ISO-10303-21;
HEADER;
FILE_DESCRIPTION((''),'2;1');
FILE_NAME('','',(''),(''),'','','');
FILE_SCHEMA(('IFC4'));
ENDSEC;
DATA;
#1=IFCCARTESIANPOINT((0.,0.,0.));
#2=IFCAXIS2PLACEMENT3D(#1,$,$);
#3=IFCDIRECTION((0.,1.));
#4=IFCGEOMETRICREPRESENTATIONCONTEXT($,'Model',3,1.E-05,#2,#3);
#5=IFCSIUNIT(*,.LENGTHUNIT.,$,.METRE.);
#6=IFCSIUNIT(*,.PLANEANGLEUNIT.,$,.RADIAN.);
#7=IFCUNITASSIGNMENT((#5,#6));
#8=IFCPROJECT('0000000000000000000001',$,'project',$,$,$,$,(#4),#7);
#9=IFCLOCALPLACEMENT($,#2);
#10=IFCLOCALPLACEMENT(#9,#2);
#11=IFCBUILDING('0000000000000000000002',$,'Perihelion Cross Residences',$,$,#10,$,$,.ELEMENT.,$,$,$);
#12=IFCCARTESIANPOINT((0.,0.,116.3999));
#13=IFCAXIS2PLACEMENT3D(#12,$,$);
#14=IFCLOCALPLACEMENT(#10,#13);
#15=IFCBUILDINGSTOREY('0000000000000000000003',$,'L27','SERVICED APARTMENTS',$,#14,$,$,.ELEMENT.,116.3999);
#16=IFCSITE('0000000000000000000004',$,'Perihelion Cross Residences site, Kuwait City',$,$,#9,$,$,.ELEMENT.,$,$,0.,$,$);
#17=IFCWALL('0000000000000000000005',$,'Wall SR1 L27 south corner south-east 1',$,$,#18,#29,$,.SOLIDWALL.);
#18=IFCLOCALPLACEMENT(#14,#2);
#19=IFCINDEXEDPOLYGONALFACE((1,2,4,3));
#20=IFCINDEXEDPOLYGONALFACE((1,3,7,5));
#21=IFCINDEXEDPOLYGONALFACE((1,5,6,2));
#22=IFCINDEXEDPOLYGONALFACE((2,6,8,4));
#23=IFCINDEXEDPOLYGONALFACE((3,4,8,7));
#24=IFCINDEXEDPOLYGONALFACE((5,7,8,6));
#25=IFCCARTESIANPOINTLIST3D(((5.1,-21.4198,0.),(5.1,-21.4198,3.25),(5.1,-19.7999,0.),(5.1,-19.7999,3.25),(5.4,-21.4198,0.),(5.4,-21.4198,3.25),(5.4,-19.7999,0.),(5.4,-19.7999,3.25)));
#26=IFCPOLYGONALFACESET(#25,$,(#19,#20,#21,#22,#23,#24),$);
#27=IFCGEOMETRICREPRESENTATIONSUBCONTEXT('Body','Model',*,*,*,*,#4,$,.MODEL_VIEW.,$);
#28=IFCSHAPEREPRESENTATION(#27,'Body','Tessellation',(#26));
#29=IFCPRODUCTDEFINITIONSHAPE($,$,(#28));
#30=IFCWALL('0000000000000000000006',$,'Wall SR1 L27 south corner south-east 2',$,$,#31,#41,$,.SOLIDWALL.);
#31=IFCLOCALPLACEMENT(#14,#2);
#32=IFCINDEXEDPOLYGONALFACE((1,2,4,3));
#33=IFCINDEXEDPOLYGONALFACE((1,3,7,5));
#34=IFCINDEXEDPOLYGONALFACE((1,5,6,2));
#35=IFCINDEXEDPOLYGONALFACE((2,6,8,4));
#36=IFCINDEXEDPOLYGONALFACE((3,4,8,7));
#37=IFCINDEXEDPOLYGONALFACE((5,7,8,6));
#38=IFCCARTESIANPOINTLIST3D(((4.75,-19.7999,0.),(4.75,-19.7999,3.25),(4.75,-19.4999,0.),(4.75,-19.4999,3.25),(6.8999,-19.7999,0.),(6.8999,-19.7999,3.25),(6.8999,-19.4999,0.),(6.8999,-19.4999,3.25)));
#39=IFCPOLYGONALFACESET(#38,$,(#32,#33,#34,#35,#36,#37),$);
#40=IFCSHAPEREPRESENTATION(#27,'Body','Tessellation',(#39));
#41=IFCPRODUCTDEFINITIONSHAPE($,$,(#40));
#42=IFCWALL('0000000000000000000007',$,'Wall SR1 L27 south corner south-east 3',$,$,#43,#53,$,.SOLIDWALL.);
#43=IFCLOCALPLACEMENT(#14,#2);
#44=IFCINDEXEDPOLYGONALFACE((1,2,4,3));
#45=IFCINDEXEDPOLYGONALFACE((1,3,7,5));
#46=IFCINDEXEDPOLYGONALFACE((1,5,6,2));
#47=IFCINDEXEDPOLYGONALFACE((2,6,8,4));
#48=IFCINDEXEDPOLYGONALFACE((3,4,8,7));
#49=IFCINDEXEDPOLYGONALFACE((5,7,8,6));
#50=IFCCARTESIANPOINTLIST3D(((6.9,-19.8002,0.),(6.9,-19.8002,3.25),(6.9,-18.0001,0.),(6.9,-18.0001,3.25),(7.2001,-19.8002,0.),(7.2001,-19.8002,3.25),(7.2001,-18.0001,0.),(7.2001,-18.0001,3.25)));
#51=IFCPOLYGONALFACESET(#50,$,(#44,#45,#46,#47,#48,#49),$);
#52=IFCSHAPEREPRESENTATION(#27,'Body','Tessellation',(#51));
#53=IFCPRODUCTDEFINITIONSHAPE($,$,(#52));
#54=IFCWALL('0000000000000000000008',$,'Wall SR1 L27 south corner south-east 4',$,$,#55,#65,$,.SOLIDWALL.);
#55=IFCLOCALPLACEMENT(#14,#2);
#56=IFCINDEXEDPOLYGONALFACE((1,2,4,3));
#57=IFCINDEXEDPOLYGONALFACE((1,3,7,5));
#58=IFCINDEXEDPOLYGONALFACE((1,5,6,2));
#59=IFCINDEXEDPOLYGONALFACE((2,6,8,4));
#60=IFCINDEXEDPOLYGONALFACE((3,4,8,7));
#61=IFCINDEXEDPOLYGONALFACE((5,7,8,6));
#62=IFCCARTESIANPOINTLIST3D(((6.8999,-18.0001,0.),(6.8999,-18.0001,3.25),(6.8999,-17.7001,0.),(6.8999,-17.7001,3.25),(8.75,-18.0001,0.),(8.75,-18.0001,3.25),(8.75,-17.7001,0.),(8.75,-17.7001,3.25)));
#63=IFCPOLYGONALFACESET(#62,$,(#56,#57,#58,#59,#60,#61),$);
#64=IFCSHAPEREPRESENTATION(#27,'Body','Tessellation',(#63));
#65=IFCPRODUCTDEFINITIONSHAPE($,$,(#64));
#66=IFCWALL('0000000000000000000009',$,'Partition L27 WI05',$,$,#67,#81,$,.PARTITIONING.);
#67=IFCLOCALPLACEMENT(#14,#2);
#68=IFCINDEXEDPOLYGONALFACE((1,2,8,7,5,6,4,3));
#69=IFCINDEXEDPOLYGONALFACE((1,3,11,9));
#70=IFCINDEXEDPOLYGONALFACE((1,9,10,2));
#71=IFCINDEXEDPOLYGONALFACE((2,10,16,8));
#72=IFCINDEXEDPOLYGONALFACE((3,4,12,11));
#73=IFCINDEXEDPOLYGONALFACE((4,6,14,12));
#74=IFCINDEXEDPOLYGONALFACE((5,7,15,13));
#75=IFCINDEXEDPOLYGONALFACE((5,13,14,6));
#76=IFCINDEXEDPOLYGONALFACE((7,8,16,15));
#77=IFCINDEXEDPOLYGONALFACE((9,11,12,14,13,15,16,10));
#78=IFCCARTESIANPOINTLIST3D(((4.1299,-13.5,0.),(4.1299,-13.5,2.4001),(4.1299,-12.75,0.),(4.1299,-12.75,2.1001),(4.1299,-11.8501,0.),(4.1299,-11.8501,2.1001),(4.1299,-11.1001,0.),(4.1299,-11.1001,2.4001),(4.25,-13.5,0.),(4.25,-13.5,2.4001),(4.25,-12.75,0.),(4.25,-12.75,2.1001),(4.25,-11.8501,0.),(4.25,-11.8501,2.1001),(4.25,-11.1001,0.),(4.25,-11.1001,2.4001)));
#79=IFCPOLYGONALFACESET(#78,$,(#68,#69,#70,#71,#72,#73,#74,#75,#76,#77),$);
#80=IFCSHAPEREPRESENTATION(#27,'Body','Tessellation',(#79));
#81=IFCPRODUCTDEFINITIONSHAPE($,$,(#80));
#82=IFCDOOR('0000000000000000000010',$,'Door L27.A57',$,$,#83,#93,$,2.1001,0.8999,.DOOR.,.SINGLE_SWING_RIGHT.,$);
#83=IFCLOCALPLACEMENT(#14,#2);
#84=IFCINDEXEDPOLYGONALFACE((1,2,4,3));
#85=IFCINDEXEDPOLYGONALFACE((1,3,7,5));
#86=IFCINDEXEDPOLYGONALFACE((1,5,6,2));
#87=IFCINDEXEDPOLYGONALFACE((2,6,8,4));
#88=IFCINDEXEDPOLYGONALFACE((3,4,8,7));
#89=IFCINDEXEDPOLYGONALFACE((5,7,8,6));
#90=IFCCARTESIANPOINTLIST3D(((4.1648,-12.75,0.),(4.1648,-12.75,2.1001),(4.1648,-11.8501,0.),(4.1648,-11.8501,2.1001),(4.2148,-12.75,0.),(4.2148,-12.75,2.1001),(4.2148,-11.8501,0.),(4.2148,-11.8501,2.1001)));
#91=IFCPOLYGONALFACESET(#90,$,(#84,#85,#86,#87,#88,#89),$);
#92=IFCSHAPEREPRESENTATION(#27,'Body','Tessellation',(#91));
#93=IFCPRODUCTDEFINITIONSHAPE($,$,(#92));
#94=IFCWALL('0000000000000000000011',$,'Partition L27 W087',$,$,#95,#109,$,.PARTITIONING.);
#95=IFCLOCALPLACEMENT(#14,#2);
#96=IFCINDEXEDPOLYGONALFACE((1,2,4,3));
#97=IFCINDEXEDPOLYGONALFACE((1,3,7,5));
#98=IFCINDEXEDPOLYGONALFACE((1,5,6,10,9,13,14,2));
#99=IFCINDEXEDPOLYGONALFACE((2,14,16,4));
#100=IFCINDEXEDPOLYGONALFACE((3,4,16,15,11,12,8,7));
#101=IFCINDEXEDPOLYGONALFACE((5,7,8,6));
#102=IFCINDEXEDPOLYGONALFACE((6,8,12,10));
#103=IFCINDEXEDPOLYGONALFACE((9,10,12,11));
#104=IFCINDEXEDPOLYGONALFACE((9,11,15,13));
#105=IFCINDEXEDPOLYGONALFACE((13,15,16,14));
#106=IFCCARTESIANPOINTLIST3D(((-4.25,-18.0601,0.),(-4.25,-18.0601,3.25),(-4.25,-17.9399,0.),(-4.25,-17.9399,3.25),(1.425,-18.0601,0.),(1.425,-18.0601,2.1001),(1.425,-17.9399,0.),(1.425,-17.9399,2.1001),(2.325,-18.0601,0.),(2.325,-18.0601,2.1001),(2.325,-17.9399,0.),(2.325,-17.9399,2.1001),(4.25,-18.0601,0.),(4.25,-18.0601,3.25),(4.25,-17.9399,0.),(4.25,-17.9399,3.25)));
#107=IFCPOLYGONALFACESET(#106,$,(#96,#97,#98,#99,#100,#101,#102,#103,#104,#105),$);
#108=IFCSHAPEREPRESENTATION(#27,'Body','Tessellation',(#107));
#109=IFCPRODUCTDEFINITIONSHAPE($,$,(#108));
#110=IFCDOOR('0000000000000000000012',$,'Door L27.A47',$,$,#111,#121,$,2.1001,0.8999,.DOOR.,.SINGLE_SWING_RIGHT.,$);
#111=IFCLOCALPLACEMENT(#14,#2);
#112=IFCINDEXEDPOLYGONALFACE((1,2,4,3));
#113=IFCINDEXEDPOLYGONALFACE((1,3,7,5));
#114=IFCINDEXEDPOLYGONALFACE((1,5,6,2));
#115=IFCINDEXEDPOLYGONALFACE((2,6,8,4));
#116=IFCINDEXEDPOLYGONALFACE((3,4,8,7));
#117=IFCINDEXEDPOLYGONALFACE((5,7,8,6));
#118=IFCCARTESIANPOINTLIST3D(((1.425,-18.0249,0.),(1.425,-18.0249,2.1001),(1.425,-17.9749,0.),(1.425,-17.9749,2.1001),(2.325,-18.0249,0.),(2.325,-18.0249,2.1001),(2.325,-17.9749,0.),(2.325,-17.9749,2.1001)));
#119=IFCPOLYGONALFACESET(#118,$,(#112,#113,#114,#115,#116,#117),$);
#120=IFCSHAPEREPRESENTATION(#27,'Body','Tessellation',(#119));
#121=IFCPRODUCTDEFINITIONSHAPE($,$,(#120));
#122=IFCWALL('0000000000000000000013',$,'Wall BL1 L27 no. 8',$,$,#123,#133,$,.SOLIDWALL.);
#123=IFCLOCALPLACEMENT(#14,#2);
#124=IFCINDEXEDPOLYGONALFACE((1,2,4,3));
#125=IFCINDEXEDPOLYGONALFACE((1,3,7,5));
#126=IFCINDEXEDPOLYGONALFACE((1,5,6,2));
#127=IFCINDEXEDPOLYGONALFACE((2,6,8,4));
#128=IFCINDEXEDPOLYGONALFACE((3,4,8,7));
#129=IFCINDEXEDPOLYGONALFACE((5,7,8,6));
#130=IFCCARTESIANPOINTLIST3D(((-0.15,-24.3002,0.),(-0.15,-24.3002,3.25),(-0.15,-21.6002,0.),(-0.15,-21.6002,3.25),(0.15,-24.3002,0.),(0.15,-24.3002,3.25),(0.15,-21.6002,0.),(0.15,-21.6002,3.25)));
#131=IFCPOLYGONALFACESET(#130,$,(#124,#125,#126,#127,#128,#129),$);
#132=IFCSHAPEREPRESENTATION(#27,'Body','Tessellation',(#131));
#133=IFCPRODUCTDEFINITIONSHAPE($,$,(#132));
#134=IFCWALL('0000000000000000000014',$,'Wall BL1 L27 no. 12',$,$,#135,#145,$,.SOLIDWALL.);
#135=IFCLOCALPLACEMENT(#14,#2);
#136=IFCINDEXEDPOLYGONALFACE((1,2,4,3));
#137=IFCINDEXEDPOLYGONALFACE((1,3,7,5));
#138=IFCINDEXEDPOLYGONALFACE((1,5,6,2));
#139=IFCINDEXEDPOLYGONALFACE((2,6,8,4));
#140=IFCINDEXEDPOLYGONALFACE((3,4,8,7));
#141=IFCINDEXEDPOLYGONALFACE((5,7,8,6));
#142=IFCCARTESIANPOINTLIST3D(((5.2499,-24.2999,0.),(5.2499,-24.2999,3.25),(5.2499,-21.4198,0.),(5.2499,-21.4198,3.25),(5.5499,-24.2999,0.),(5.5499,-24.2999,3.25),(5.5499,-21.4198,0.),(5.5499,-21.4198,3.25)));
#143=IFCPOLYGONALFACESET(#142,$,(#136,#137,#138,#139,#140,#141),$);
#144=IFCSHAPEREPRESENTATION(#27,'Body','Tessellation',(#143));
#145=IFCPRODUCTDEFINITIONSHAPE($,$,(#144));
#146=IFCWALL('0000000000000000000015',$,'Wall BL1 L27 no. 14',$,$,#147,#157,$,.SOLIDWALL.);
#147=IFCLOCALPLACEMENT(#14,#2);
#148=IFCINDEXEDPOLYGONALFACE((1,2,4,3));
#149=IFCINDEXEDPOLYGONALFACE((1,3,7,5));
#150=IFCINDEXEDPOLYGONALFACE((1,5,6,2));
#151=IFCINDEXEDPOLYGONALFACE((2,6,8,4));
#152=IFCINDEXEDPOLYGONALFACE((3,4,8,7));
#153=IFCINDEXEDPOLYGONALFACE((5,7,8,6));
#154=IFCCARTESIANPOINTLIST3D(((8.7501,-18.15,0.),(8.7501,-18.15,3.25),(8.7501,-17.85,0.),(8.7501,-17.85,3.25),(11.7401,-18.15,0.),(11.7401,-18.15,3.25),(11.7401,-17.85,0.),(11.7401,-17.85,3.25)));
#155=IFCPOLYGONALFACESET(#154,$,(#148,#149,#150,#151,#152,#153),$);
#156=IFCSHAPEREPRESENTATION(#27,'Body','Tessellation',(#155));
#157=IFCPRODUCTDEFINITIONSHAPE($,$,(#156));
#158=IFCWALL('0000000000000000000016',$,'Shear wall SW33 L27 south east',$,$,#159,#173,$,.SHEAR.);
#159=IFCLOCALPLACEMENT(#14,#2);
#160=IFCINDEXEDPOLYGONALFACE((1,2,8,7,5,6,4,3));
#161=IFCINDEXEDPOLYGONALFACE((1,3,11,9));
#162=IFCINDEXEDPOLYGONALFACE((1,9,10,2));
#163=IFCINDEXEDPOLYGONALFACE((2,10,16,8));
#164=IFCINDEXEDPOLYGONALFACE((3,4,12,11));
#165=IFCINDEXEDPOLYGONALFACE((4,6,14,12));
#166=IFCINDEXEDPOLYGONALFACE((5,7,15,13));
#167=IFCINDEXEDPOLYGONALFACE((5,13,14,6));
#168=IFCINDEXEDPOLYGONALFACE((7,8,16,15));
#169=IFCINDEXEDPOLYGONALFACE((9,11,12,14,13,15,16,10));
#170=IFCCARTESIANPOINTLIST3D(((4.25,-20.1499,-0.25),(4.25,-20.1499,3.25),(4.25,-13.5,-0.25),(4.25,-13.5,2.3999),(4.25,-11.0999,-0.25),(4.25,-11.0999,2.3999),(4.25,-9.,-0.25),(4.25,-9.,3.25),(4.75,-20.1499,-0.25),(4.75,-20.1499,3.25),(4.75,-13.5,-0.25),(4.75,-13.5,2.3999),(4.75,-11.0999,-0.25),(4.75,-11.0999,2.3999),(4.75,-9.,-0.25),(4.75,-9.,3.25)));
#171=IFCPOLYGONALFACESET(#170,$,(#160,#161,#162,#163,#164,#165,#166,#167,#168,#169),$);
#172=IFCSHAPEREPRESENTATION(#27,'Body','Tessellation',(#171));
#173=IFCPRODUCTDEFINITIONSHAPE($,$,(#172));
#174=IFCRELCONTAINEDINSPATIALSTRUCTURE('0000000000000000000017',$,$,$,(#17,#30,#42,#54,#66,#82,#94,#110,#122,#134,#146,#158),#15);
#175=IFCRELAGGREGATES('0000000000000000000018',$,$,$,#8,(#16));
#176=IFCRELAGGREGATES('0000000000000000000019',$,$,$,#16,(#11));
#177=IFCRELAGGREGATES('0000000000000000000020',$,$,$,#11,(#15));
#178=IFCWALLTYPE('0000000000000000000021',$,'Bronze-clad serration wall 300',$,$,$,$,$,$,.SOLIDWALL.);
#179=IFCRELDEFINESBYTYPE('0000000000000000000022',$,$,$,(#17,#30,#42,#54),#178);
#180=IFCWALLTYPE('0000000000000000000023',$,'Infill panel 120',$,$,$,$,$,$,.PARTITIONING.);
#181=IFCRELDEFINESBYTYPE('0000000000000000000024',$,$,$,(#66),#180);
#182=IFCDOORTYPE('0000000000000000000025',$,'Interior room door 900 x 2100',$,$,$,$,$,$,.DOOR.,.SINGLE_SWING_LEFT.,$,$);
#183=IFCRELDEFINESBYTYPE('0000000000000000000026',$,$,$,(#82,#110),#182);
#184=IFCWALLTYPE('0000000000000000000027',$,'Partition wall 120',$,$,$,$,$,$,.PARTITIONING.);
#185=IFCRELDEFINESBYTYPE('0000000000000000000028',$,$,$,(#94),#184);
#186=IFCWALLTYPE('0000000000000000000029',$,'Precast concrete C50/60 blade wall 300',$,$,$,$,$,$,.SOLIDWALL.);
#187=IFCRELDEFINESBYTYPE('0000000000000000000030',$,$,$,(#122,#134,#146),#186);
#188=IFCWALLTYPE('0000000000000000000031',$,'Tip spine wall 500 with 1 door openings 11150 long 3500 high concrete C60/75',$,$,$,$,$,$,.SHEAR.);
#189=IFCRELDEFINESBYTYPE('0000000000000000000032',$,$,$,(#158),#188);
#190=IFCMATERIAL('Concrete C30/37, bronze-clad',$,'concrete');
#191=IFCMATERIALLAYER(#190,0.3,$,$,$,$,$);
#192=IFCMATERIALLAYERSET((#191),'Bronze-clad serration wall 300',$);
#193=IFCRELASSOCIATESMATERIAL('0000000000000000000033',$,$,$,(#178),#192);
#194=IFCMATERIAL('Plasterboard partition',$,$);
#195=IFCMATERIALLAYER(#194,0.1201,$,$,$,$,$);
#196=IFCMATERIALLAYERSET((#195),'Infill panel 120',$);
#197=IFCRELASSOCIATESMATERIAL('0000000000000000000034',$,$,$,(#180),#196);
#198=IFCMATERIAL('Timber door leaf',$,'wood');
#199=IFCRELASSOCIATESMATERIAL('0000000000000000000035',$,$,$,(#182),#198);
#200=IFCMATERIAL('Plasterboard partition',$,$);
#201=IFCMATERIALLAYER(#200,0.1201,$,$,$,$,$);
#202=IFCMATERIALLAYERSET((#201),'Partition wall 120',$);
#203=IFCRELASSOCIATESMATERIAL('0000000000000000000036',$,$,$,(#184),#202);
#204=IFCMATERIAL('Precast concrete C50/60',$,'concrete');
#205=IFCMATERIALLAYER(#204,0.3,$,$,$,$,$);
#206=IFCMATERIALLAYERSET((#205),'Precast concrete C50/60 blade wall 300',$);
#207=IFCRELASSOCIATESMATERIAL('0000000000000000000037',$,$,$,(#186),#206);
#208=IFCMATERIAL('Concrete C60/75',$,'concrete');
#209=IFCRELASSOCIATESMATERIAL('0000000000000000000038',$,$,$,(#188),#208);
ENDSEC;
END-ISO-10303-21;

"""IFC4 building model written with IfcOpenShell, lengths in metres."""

from ifc_helpers import new_model, si_unit, direction, frame, frame_2d, origin, place, context, subcontext, project, spatial, polyline, rectangle, outline, extrude, material, layer, layer_set, material_profile, profile_set, type_object, element, fill, save


model = new_model("IFC4")

# Units and contexts
model_context = context("Model", 3, precision=1e-05, world=origin(), true_north=direction((0.0, 1.0)))
body_context = subcontext(model_context, "Body", "Model", "MODEL_VIEW")
ifc_project = project(units=[si_unit("LENGTHUNIT", "METRE"), si_unit("PLANEANGLEUNIT", "RADIAN")], contexts=[model_context])

# Site, building, storey
site_placement = place(None, origin())
site = spatial("IfcSite", under=ifc_project, at=site_placement, Name="Perihelion Cross Residences site, Kuwait City", CompositionType="ELEMENT", RefElevation=0.0)
building_placement = place(site_placement, origin())
building = spatial("IfcBuilding", under=site, at=building_placement, Name="Perihelion Cross Residences", CompositionType="ELEMENT")
storey_placement = place(building_placement, frame((0.0, 0.0, 116.3999)))
storey = spatial("IfcBuildingStorey", under=building, at=storey_placement, Name="L27", Description="SERVICED APARTMENTS", CompositionType="ELEMENT", Elevation=116.3999)

# Walls
ifc_material_1 = material(Name="Concrete C30/37, bronze-clad", Category="concrete")
ifc_layer_1 = layer(ifc_material_1, 0.3)
ifc_layer_set_1 = layer_set([ifc_layer_1], Name="Bronze-clad serration wall 300")
wall_type_1 = type_object("IfcWallType", Name="Bronze-clad serration wall 300", PredefinedType="SOLIDWALL", material=ifc_layer_set_1)
wall_1_placement = place(storey_placement, frame((5.25, -21.4199, 0.0), z_axis=(0.0, 0.0, 1.0), x_axis=(0.0, 1.0, 0.0)))
element("IfcWall", 1, at=wall_1_placement, inside=storey, type_object=wall_type_1, Name="Wall SR1 L27 south corner south-east 1", PredefinedType="SOLIDWALL", context=body_context, shape_type="SweptSolid", body=[
    extrude(rectangle(XDim=1.6199, YDim=0.3, at=frame_2d((0.8101, 0.0))), origin(), (0.0, 0.0, 1.0), 3.25),
])
wall_2_placement = place(storey_placement, frame((4.75, -19.6499, 0.0), z_axis=(0.0, 0.0, 1.0), x_axis=(1.0, 0.0, 0.0)))
element("IfcWall", 2, at=wall_2_placement, inside=storey, type_object=wall_type_1, Name="Wall SR1 L27 south corner south-east 2", PredefinedType="SOLIDWALL", context=body_context, shape_type="SweptSolid", body=[
    extrude(rectangle(XDim=2.1499, YDim=0.3, at=frame_2d((1.075, 0.0))), origin(), (0.0, 0.0, 1.0), 3.25),
])
wall_3_placement = place(storey_placement, frame((7.05, -19.8, 0.0), z_axis=(0.0, 0.0, 1.0), x_axis=(0.0, 1.0, 0.0)))
element("IfcWall", 3, at=wall_3_placement, inside=storey, type_object=wall_type_1, Name="Wall SR1 L27 south corner south-east 3", PredefinedType="SOLIDWALL", context=body_context, shape_type="SweptSolid", body=[
    extrude(rectangle(XDim=1.8, YDim=0.3, at=frame_2d((0.8999, 0.0))), origin(), (0.0, 0.0, 1.0), 3.25),
])
wall_4_placement = place(storey_placement, frame((6.8999, -17.8501, 0.0), z_axis=(0.0, 0.0, 1.0), x_axis=(1.0, 0.0, 0.0)))
element("IfcWall", 4, at=wall_4_placement, inside=storey, type_object=wall_type_1, Name="Wall SR1 L27 south corner south-east 4", PredefinedType="SOLIDWALL", context=body_context, shape_type="SweptSolid", body=[
    extrude(rectangle(XDim=1.8501, YDim=0.3, at=frame_2d((0.925, 0.0))), origin(), (0.0, 0.0, 1.0), 3.25),
])

# Walls, openings, doors
ifc_material_2 = material(Name="Plasterboard partition")
ifc_layer_2 = layer(ifc_material_2, 0.1201)
ifc_layer_set_2 = layer_set([ifc_layer_2], Name="Infill panel 120")
wall_type_2 = type_object("IfcWallType", Name="Infill panel 120", PredefinedType="PARTITIONING", material=ifc_layer_set_2)
wall_5_placement = place(storey_placement, frame((4.1899, -11.1001, 0.0), z_axis=(0.0, 0.0, 1.0), x_axis=(0.0, -1.0, 0.0)))
wall_5 = element("IfcWall", 5, at=wall_5_placement, inside=storey, type_object=wall_type_2, Name="Partition L27 WI05", PredefinedType="PARTITIONING", context=body_context, shape_type="SweptSolid", body=[
    extrude(rectangle(XDim=2.3999, YDim=0.1201, at=frame_2d((1.2, 0.0))), origin(), (0.0, 0.0, 1.0), 2.4001),
])
opening_1_placement = place(wall_5_placement, frame((0.75, 0.0, 0.0)))
opening_1 = element("IfcOpeningElement", 6, at=opening_1_placement, cuts=wall_5, PredefinedType="OPENING", context=body_context, shape_type="SweptSolid", body=[
    extrude(rectangle(XDim=0.8999, YDim=2.1001, at=frame_2d((0.45, 1.05))), frame((0.0, 0.0701, 0.0), z_axis=(0.0, -1.0, 0.0), x_axis=(1.0, 0.0, 0.0)), (0.0, 0.0, 1.0), 0.1401),
])
ifc_material_3 = material(Name="Timber door leaf", Category="wood")
door_type_1 = type_object("IfcDoorType", Name="Interior room door 900 x 2100", OperationType="SINGLE_SWING_LEFT", PredefinedType="DOOR", material=ifc_material_3)
door_1_placement = place(opening_1_placement, origin())
door_1 = element("IfcDoor", 7, at=door_1_placement, inside=storey, type_object=door_type_1, Name="Door L27.A57", OperationType="SINGLE_SWING_RIGHT", OverallHeight=2.1001, OverallWidth=0.8999, PredefinedType="DOOR", context=body_context, shape_type="SweptSolid", body=[
    extrude(rectangle(XDim=0.8999, YDim=2.1001, at=frame_2d((0.45, 1.05))), frame((0.0, 0.0249, 0.0), z_axis=(0.0, -1.0, 0.0), x_axis=(1.0, 0.0, 0.0)), (0.0, 0.0, 1.0), 0.05),
])
fill(opening_1, door_1)
ifc_material_4 = material(Name="Plasterboard partition")
ifc_layer_3 = layer(ifc_material_4, 0.1201)
ifc_layer_set_3 = layer_set([ifc_layer_3], Name="Partition wall 120")
wall_type_3 = type_object("IfcWallType", Name="Partition wall 120", PredefinedType="PARTITIONING", material=ifc_layer_set_3)
wall_6_placement = place(storey_placement, frame((4.25, -18.0, 0.0), z_axis=(0.0, 0.0, 1.0), x_axis=(-1.0, 0.0, 0.0)))
wall_6 = element("IfcWall", 8, at=wall_6_placement, inside=storey, type_object=wall_type_3, Name="Partition L27 W087", PredefinedType="PARTITIONING", context=body_context, shape_type="SweptSolid", body=[
    extrude(rectangle(XDim=8.5, YDim=0.1201, at=frame_2d((4.25, 0.0))), origin(), (0.0, 0.0, 1.0), 3.25),
])
opening_2_placement = place(wall_6_placement, frame((1.925, 0.0, 0.0)))
opening_2 = element("IfcOpeningElement", 9, at=opening_2_placement, cuts=wall_6, PredefinedType="OPENING", context=body_context, shape_type="SweptSolid", body=[
    extrude(rectangle(XDim=0.8999, YDim=2.1001, at=frame_2d((0.45, 1.05))), frame((0.0, 0.0701, 0.0), z_axis=(0.0, -1.0, 0.0), x_axis=(1.0, 0.0, 0.0)), (0.0, 0.0, 1.0), 0.1401),
])
door_2_placement = place(opening_2_placement, origin())
door_2 = element("IfcDoor", 10, at=door_2_placement, inside=storey, type_object=door_type_1, Name="Door L27.A47", OperationType="SINGLE_SWING_RIGHT", OverallHeight=2.1001, OverallWidth=0.8999, PredefinedType="DOOR", context=body_context, shape_type="SweptSolid", body=[
    extrude(rectangle(XDim=0.8999, YDim=2.1001, at=frame_2d((0.45, 1.05))), frame((0.0, 0.0249, 0.0), z_axis=(0.0, -1.0, 0.0), x_axis=(1.0, 0.0, 0.0)), (0.0, 0.0, 1.0), 0.05),
])
fill(opening_2, door_2)

# Walls
ifc_material_5 = material(Name="Precast concrete C50/60", Category="concrete")
ifc_layer_4 = layer(ifc_material_5, 0.3)
ifc_layer_set_4 = layer_set([ifc_layer_4], Name="Precast concrete C50/60 blade wall 300")
wall_type_4 = type_object("IfcWallType", Name="Precast concrete C50/60 blade wall 300", PredefinedType="SOLIDWALL", material=ifc_layer_set_4)
wall_7_placement = place(storey_placement, frame((0.0, -21.6001, 0.0), z_axis=(0.0, 0.0, 1.0), x_axis=(0.0, -1.0, 0.0)))
element("IfcWall", 11, at=wall_7_placement, inside=storey, type_object=wall_type_4, Name="Wall BL1 L27 no. 8", PredefinedType="SOLIDWALL", context=body_context, shape_type="SweptSolid", body=[
    extrude(rectangle(XDim=2.7, YDim=0.3, at=frame_2d((1.3501, 0.0))), origin(), (0.0, 0.0, 1.0), 3.25),
])
wall_8_placement = place(storey_placement, frame((5.3999, -21.4199, 0.0), z_axis=(0.0, 0.0, 1.0), x_axis=(0.0, -1.0, 0.0)))
element("IfcWall", 12, at=wall_8_placement, inside=storey, type_object=wall_type_4, Name="Wall BL1 L27 no. 12", PredefinedType="SOLIDWALL", context=body_context, shape_type="SweptSolid", body=[
    extrude(rectangle(XDim=2.8801, YDim=0.3, at=frame_2d((1.4399, 0.0))), origin(), (0.0, 0.0, 1.0), 3.25),
])
wall_9_placement = place(storey_placement, frame((8.75, -18.0, 0.0), z_axis=(0.0, 0.0, 1.0), x_axis=(1.0, 0.0, 0.0)))
element("IfcWall", 13, at=wall_9_placement, inside=storey, type_object=wall_type_4, Name="Wall BL1 L27 no. 14", PredefinedType="SOLIDWALL", context=body_context, shape_type="SweptSolid", body=[
    extrude(rectangle(XDim=2.99, YDim=0.3, at=frame_2d((1.4951, 0.0))), origin(), (0.0, 0.0, 1.0), 3.25),
])
ifc_material_6 = material(Name="Concrete C60/75", Category="concrete")
ifc_material_profile_1 = material_profile(ifc_material_6, outline(polyline([(0.0, 0.0), (6.6499, 0.0), (6.6499, 2.6499), (9.05, 2.6499), (9.05, 0.0), (11.1499, 0.0), (11.1499, 3.5), (0.0, 3.5), (0.0, 0.0)])), Name="Tip spine wall")
ifc_profile_set_1 = profile_set([ifc_material_profile_1], Name="Concrete C60/75")
wall_type_5 = type_object("IfcWallType", Name="Tip spine wall 500 with 1 door openings 11150 long 3500 high concrete C60/75", PredefinedType="SHEAR", material=ifc_profile_set_1)
wall_10_placement = place(storey_placement, frame((4.25, -20.1499, -0.25), z_axis=(1.0, 0.0, 0.0), x_axis=(0.0, 1.0, 0.0)))
element("IfcWall", 14, at=wall_10_placement, inside=storey, type_object=wall_type_5, Name="Shear wall SW33 L27 south east", PredefinedType="SHEAR", context=body_context, shape_type="SweptSolid", body=[
    extrude(outline(polyline([(0.0, 0.0), (6.6499, 0.0), (6.6499, 2.6499), (9.05, 2.6499), (9.05, 0.0), (11.1499, 0.0), (11.1499, 3.5), (0.0, 3.5), (0.0, 0.0)])), origin(), (0.0, 0.0, 1.0), 0.5),
])

save(model, "model.ifc")
